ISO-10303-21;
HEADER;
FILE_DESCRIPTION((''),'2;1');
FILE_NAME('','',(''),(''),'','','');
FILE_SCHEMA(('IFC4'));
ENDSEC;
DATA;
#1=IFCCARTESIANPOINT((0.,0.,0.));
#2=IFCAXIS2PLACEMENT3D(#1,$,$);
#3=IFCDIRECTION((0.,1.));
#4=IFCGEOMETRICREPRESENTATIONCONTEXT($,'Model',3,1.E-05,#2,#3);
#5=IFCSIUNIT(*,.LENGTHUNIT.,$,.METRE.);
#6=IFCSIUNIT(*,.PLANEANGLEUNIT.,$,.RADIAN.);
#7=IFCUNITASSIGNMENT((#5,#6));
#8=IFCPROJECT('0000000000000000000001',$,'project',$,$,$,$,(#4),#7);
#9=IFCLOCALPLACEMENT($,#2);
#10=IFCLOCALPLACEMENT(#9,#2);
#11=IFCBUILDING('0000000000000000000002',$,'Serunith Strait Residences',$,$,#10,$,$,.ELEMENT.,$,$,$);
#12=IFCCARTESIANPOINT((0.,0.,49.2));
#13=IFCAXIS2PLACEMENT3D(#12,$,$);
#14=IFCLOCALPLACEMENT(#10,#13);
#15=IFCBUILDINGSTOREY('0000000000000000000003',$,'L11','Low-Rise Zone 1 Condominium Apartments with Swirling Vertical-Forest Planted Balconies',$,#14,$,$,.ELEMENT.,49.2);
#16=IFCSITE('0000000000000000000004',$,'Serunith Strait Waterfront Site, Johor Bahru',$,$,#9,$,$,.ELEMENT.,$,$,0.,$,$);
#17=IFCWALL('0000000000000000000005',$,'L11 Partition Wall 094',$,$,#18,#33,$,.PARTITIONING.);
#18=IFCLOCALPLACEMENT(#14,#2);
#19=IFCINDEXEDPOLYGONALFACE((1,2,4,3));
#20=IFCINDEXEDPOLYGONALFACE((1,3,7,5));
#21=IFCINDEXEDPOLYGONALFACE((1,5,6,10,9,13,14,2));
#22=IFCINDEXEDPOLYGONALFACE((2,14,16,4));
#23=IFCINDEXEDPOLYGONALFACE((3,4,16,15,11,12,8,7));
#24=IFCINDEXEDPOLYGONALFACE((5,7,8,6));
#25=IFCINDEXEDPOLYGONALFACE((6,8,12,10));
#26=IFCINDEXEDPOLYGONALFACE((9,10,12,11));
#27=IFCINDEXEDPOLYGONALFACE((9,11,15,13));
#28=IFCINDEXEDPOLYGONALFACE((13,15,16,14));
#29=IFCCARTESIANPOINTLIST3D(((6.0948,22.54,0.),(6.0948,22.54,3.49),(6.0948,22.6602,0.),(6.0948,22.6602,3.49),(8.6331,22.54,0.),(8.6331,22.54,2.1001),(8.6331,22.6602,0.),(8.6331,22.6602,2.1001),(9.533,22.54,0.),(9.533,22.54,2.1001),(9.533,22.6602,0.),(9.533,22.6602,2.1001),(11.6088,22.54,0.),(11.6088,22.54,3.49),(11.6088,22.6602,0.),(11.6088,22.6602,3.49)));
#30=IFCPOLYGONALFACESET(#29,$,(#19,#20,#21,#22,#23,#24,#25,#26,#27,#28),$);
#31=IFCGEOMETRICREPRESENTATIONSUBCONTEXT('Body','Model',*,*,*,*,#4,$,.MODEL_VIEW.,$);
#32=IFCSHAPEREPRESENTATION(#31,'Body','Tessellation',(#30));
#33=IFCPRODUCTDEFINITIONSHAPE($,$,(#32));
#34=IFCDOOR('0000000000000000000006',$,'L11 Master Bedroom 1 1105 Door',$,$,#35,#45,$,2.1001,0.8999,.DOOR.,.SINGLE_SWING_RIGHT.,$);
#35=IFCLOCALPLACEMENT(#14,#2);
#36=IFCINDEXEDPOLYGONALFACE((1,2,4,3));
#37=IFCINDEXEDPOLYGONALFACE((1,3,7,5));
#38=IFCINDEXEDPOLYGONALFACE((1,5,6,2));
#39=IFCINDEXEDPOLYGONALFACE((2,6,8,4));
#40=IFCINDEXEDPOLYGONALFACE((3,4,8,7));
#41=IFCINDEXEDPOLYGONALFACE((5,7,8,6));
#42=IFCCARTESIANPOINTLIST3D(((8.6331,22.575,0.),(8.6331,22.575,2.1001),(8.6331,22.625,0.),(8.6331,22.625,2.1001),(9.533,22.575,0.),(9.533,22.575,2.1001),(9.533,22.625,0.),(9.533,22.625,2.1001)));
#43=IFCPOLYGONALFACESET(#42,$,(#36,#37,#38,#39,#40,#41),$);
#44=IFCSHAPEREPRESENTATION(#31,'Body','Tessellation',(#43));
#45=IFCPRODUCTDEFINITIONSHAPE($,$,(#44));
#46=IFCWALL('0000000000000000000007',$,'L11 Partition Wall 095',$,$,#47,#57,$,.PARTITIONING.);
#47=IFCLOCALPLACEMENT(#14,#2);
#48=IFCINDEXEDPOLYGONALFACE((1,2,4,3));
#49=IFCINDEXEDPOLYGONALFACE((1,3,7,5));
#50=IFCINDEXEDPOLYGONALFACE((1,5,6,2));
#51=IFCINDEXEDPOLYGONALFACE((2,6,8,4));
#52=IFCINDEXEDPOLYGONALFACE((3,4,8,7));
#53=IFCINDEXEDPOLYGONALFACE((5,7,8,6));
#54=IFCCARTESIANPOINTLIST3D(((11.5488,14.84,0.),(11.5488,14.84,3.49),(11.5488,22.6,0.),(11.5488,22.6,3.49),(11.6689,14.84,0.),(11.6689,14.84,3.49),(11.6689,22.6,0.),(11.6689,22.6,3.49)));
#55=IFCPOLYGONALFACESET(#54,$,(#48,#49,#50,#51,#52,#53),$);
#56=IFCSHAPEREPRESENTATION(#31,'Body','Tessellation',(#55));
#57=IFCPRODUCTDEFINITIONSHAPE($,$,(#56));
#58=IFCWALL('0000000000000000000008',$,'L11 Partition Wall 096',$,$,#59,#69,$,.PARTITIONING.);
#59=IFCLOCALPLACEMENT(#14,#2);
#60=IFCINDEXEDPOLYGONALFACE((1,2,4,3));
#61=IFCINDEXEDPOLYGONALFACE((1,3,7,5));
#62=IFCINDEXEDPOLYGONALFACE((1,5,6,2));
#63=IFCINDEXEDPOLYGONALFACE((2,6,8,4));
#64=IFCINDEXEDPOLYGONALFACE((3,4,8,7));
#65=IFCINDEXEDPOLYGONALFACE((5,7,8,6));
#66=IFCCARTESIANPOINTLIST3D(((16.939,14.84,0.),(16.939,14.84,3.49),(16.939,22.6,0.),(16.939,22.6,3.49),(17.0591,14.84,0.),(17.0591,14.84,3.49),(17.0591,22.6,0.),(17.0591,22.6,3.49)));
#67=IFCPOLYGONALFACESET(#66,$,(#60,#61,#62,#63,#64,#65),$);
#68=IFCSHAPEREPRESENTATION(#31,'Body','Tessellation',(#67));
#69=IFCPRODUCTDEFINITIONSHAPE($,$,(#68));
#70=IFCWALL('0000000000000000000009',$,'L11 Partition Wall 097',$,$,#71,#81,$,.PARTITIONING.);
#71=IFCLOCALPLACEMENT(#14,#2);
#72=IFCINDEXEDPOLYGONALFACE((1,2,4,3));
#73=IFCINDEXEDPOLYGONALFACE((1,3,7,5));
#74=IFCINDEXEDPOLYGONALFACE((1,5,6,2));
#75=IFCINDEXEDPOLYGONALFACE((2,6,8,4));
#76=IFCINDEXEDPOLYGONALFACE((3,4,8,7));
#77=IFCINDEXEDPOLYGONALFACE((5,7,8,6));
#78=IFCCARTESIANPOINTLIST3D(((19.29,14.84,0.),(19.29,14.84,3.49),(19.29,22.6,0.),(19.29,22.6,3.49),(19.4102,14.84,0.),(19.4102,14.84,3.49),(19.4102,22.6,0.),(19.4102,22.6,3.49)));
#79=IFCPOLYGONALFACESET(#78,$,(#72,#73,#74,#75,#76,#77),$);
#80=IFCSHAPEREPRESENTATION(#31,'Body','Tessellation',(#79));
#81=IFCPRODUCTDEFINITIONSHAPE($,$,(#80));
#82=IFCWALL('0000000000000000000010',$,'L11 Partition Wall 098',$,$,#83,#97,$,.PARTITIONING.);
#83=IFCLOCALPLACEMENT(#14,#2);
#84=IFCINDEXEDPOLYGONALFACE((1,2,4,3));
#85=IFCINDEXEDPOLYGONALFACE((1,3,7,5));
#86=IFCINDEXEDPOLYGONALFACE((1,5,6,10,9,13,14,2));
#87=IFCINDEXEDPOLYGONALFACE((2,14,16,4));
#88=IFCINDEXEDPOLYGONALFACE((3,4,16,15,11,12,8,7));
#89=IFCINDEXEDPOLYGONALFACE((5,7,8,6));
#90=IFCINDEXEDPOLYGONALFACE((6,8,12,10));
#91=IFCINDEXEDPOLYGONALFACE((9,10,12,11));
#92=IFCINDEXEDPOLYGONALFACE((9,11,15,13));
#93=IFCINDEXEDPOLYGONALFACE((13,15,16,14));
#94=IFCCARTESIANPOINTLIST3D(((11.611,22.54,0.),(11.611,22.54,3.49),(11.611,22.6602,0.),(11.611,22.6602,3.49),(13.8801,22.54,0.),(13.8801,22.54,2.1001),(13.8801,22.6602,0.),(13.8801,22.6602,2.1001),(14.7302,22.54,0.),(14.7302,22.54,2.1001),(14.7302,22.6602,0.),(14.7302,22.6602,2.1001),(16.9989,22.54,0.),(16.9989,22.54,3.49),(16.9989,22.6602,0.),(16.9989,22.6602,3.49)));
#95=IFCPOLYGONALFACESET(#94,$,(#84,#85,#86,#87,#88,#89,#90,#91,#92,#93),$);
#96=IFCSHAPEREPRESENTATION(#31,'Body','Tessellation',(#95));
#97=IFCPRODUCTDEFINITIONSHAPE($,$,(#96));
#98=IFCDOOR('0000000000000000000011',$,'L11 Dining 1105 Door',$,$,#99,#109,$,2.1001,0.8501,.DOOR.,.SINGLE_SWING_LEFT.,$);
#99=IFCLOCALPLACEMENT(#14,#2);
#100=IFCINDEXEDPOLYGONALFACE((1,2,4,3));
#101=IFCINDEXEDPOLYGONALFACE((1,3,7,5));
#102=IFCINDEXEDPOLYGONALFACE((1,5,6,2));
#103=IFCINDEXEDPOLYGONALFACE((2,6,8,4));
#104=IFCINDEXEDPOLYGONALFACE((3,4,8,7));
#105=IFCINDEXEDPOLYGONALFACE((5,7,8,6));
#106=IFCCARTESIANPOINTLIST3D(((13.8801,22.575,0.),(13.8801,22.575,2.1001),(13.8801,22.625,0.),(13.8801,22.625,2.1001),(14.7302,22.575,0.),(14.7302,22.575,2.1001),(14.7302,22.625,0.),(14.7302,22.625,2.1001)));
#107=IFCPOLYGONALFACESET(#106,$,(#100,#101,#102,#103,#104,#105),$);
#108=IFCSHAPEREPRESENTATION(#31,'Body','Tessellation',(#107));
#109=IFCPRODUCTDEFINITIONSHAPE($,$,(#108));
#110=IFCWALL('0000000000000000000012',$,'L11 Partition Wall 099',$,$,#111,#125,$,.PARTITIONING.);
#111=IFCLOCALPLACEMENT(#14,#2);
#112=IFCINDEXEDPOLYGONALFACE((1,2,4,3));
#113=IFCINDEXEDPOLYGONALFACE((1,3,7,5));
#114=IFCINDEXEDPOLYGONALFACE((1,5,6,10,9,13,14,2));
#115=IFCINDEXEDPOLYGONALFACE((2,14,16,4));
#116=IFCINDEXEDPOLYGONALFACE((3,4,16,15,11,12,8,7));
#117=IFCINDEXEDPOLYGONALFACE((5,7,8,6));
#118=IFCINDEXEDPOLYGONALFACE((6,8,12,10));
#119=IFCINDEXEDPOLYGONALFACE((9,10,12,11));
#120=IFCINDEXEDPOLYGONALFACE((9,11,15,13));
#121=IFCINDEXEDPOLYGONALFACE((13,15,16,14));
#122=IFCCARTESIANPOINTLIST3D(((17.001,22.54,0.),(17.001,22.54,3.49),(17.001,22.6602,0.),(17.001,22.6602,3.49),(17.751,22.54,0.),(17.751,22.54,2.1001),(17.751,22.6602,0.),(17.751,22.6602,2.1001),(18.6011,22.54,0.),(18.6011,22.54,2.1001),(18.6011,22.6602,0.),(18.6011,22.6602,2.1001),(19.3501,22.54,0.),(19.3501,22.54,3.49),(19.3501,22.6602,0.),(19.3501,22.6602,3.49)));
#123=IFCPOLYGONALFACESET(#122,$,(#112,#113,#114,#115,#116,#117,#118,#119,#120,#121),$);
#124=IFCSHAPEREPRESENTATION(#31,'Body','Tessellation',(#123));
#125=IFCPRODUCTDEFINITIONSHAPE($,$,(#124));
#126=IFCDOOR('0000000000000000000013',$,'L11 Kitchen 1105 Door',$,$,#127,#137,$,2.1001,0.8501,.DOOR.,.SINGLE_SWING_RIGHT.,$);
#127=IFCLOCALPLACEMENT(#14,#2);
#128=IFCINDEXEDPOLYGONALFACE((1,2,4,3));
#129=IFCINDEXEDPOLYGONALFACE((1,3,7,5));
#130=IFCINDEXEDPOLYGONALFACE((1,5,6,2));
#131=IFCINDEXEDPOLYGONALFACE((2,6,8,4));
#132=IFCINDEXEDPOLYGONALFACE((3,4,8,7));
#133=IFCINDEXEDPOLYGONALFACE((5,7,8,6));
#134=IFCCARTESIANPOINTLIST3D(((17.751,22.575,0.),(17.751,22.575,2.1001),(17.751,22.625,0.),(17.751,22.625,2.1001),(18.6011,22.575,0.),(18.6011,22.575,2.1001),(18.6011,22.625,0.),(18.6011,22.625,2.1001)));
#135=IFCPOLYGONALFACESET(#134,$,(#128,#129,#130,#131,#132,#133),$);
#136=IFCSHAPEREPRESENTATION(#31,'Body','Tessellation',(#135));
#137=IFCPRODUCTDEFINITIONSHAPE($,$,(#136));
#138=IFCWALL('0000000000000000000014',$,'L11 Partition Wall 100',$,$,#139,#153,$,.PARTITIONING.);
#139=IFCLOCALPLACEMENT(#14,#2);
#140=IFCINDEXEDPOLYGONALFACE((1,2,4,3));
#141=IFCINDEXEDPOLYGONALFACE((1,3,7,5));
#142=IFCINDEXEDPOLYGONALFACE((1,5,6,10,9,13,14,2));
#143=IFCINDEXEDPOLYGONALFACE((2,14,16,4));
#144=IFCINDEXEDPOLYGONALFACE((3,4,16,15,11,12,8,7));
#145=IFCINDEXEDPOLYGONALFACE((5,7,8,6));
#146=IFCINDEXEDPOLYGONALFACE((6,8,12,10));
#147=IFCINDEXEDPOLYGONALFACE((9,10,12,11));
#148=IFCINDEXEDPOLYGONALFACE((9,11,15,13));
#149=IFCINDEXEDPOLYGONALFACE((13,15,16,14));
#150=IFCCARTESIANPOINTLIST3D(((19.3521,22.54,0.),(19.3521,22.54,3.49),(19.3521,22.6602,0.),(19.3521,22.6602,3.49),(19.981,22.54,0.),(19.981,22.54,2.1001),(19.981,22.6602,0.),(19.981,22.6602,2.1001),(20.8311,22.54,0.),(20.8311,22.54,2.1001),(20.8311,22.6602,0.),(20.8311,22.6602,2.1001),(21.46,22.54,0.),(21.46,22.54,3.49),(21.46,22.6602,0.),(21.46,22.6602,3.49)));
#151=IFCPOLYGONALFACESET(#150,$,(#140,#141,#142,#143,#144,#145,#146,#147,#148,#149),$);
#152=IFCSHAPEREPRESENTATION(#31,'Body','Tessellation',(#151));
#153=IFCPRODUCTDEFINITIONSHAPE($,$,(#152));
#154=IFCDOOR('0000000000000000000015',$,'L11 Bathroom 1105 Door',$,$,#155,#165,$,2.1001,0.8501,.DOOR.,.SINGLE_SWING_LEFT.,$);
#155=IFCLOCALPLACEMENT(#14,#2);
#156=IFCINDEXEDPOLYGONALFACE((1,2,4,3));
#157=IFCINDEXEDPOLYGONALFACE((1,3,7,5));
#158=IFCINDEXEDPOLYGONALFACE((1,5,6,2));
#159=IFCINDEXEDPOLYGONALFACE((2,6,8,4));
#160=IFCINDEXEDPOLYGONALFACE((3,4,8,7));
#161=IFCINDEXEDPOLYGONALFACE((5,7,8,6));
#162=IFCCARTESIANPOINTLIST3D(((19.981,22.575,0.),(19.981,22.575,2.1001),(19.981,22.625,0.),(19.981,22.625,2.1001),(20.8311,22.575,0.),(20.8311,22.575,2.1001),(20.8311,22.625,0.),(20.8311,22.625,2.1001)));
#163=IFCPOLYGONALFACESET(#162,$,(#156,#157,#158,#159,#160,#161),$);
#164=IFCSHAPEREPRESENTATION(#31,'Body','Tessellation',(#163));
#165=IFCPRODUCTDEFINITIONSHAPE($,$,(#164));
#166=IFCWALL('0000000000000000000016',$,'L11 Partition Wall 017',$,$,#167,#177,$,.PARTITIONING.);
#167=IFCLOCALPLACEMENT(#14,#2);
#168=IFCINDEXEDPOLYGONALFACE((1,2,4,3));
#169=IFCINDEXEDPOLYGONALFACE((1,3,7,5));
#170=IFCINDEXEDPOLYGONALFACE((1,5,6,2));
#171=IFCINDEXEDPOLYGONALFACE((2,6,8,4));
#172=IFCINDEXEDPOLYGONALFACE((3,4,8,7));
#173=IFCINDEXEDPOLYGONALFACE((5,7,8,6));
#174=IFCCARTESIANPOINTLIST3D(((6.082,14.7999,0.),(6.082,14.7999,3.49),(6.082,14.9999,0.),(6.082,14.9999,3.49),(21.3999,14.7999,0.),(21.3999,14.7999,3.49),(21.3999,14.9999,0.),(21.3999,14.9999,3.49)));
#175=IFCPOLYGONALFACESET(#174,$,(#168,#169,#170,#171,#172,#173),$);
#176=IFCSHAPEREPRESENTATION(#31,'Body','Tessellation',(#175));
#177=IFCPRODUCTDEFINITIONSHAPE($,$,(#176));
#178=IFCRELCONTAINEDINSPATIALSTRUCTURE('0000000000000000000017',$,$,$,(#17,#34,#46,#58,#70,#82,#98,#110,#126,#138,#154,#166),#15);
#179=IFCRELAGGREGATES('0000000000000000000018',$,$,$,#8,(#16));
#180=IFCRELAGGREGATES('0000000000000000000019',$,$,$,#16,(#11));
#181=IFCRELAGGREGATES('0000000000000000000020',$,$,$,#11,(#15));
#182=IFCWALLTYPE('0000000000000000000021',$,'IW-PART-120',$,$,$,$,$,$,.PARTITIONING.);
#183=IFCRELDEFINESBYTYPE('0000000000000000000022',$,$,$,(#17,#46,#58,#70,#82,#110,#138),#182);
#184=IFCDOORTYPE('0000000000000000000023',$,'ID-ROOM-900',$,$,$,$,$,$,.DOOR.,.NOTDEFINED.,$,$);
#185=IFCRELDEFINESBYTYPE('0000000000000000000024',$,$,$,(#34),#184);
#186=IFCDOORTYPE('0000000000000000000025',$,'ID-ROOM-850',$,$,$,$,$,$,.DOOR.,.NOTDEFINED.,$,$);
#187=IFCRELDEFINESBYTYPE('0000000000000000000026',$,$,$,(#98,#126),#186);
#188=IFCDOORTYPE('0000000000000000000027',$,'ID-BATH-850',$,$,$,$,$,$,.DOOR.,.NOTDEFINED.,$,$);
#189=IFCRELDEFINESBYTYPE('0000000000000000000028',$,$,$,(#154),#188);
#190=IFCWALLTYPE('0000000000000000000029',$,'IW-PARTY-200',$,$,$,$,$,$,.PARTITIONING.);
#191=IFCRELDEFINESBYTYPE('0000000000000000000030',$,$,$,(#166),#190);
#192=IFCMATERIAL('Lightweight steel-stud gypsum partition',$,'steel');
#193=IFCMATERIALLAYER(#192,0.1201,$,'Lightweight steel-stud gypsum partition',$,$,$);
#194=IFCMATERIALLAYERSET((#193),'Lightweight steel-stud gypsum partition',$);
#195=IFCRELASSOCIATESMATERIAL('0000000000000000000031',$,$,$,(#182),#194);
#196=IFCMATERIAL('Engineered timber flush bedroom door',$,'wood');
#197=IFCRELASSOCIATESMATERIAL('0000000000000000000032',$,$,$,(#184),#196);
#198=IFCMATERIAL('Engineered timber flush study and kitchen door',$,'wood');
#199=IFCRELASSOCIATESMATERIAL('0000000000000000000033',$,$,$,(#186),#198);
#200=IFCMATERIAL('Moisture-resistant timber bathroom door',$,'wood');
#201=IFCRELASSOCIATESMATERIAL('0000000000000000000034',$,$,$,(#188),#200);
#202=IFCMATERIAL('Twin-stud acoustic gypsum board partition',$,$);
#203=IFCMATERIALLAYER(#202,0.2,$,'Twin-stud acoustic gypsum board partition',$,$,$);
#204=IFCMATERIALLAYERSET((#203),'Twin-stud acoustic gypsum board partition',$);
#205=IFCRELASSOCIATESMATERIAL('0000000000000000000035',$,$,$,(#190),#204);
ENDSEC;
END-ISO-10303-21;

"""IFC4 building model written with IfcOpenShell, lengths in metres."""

from ifc_helpers import new_model, si_unit, direction, frame, frame_2d, origin, place, context, subcontext, project, spatial, rectangle, extrude, source, transform, mapped, material, layer, layer_set, type_object, element, fill, save


model = new_model("IFC4")

# Units and contexts
model_context = context("Model", 3, precision=1e-05, world=origin(), true_north=direction((0.0, 1.0)))
body_context = subcontext(model_context, "Body", "Model", "MODEL_VIEW")
ifc_project = project(units=[si_unit("LENGTHUNIT", "METRE"), si_unit("PLANEANGLEUNIT", "RADIAN")], contexts=[model_context])

# Site, building, storey
site_placement = place(None, origin())
site = spatial("IfcSite", under=ifc_project, at=site_placement, Name="Serunith Strait Waterfront Site, Johor Bahru", CompositionType="ELEMENT", RefElevation=0.0)
building_placement = place(site_placement, origin())
building = spatial("IfcBuilding", under=site, at=building_placement, Name="Serunith Strait Residences", CompositionType="ELEMENT")
storey_placement = place(building_placement, frame((0.0, 0.0, 49.2)))
storey = spatial("IfcBuildingStorey", under=building, at=storey_placement, Name="L11", Description="Low-Rise Zone 1 Condominium Apartments with Swirling Vertical-Forest Planted Balconies", CompositionType="ELEMENT", Elevation=49.2)

# Wall, opening, door
ifc_material_1 = material(Name="Lightweight steel-stud gypsum partition", Category="steel")
ifc_layer_1 = layer(ifc_material_1, 0.1201, Name="Lightweight steel-stud gypsum partition")
ifc_layer_set_1 = layer_set([ifc_layer_1], Name="Lightweight steel-stud gypsum partition")
wall_type_1 = type_object("IfcWallType", Name="IW-PART-120", PredefinedType="PARTITIONING", material=ifc_layer_set_1)
wall_1_placement = place(storey_placement, frame((6.095, 22.6001, 0.0), z_axis=(0.0, 0.0, 1.0), x_axis=(1.0, 0.0, 0.0)))
wall_1 = element("IfcWall", 1, at=wall_1_placement, inside=storey, type_object=wall_type_1, Name="L11 Partition Wall 094", PredefinedType="PARTITIONING", context=body_context, shape_type="SweptSolid", body=[
    extrude(rectangle(XDim=5.5139, YDim=0.1201, at=frame_2d((2.7568, 0.0))), origin(), (0.0, 0.0, 1.0), 3.49),
])
opening_1_placement = place(wall_1_placement, frame((2.5381, 0.0, 0.0)))
opening_1 = element("IfcOpeningElement", 2, at=opening_1_placement, cuts=wall_1, PredefinedType="OPENING", context=body_context, shape_type="SweptSolid", body=[
    extrude(rectangle(XDim=0.8999, YDim=2.1001, at=frame_2d((0.45, 1.05))), frame((0.0, 0.0701, 0.0), z_axis=(0.0, -1.0, 0.0), x_axis=(1.0, 0.0, 0.0)), (0.0, 0.0, 1.0), 0.1401),
])
ifc_material_2 = material(Name="Engineered timber flush bedroom door", Category="wood")
door_type_1 = type_object("IfcDoorType", Name="ID-ROOM-900", OperationType="NOTDEFINED", PredefinedType="DOOR", material=ifc_material_2)
shared_shape_1 = source(origin(), body_context, "Body", "SweptSolid", [
    extrude(rectangle(XDim=0.8999, YDim=2.1001, at=frame_2d((0.45, 1.05))), frame((0.0, 0.0249, 0.0), z_axis=(0.0, -1.0, 0.0), x_axis=(1.0, 0.0, 0.0)), (0.0, 0.0, 1.0), 0.05),
])
door_1_placement = place(opening_1_placement, origin())
door_1 = element("IfcDoor", 3, at=door_1_placement, inside=storey, type_object=door_type_1, Name="L11 Master Bedroom 1 1105 Door", OperationType="SINGLE_SWING_RIGHT", OverallHeight=2.1001, OverallWidth=0.8999, PredefinedType="DOOR", context=body_context, shape_type="MappedRepresentation", body=[
    mapped(shared_shape_1, transform((0.0, 0.0, 0.0), scale=1.0)),
])
fill(opening_1, door_1)

# Walls
for number, where, z_axis, x_axis, name in (
    (4, (11.6089, 14.8401, 0.0), (0.0, 0.0, 1.0), (0.0, 1.0, 0.0), "L11 Partition Wall 095"),
    (5, (16.999, 14.8401, 0.0), (0.0, 0.0, 1.0), (0.0, 1.0, 0.0), "L11 Partition Wall 096"),
    (6, (19.3501, 14.8401, 0.0), (0.0, 0.0, 1.0), (0.0, 1.0, 0.0), "L11 Partition Wall 097"),
):
    element("IfcWall", number, at=place(storey_placement, frame(where, z_axis=z_axis, x_axis=x_axis)), inside=storey, type_object=wall_type_1, Name=name, PredefinedType="PARTITIONING", context=body_context, shape_type="SweptSolid", body=[
        extrude(rectangle(XDim=7.76, YDim=0.1201, at=frame_2d((3.8799, 0.0))), origin(), (0.0, 0.0, 1.0), 3.49),
    ])

# Walls, openings, doors
wall_2_placement = place(storey_placement, frame((11.6111, 22.6001, 0.0), z_axis=(0.0, 0.0, 1.0), x_axis=(1.0, 0.0, 0.0)))
wall_2 = element("IfcWall", 7, at=wall_2_placement, inside=storey, type_object=wall_type_1, Name="L11 Partition Wall 098", PredefinedType="PARTITIONING", context=body_context, shape_type="SweptSolid", body=[
    extrude(rectangle(XDim=5.3879, YDim=0.1201, at=frame_2d((2.6938, 0.0))), origin(), (0.0, 0.0, 1.0), 3.49),
])
opening_2_placement = place(wall_2_placement, frame((2.269, 0.0, 0.0)))
opening_2 = element("IfcOpeningElement", 8, at=opening_2_placement, cuts=wall_2, PredefinedType="OPENING", context=body_context, shape_type="SweptSolid", body=[
    extrude(rectangle(XDim=0.8501, YDim=2.1001, at=frame_2d((0.425, 1.05))), frame((0.0, 0.0701, 0.0), z_axis=(0.0, -1.0, 0.0), x_axis=(1.0, 0.0, 0.0)), (0.0, 0.0, 1.0), 0.1401),
])
ifc_material_3 = material(Name="Engineered timber flush study and kitchen door", Category="wood")
door_type_2 = type_object("IfcDoorType", Name="ID-ROOM-850", OperationType="NOTDEFINED", PredefinedType="DOOR", material=ifc_material_3)
shared_shape_2 = source(origin(), body_context, "Body", "SweptSolid", [
    extrude(rectangle(XDim=0.8501, YDim=2.1001, at=frame_2d((0.425, 1.05))), frame((0.0, 0.0249, 0.0), z_axis=(0.0, -1.0, 0.0), x_axis=(1.0, 0.0, 0.0)), (0.0, 0.0, 1.0), 0.05),
])
door_2_placement = place(opening_2_placement, origin())
door_2 = element("IfcDoor", 9, at=door_2_placement, inside=storey, type_object=door_type_2, Name="L11 Dining 1105 Door", OperationType="SINGLE_SWING_LEFT", OverallHeight=2.1001, OverallWidth=0.8501, PredefinedType="DOOR", context=body_context, shape_type="MappedRepresentation", body=[
    mapped(shared_shape_2, transform((0.0, 0.0, 0.0), scale=1.0)),
])
fill(opening_2, door_2)
wall_3_placement = place(storey_placement, frame((17.001, 22.6001, 0.0), z_axis=(0.0, 0.0, 1.0), x_axis=(1.0, 0.0, 0.0)))
wall_3 = element("IfcWall", 10, at=wall_3_placement, inside=storey, type_object=wall_type_1, Name="L11 Partition Wall 099", PredefinedType="PARTITIONING", context=body_context, shape_type="SweptSolid", body=[
    extrude(rectangle(XDim=2.3491, YDim=0.1201, at=frame_2d((1.1746, 0.0))), origin(), (0.0, 0.0, 1.0), 3.49),
])
opening_3_placement = place(wall_3_placement, frame((0.75, 0.0, 0.0)))
opening_3 = element("IfcOpeningElement", 11, at=opening_3_placement, cuts=wall_3, PredefinedType="OPENING", context=body_context, shape_type="SweptSolid", body=[
    extrude(rectangle(XDim=0.8501, YDim=2.1001, at=frame_2d((0.425, 1.05))), frame((0.0, 0.0701, 0.0), z_axis=(0.0, -1.0, 0.0), x_axis=(1.0, 0.0, 0.0)), (0.0, 0.0, 1.0), 0.1401),
])
door_3_placement = place(opening_3_placement, origin())
door_3 = element("IfcDoor", 12, at=door_3_placement, inside=storey, type_object=door_type_2, Name="L11 Kitchen 1105 Door", OperationType="SINGLE_SWING_RIGHT", OverallHeight=2.1001, OverallWidth=0.8501, PredefinedType="DOOR", context=body_context, shape_type="MappedRepresentation", body=[
    mapped(shared_shape_2, transform((0.0, 0.0, 0.0), scale=1.0)),
])
fill(opening_3, door_3)
wall_4_placement = place(storey_placement, frame((19.3521, 22.6001, 0.0), z_axis=(0.0, 0.0, 1.0), x_axis=(1.0, 0.0, 0.0)))
wall_4 = element("IfcWall", 13, at=wall_4_placement, inside=storey, type_object=wall_type_1, Name="L11 Partition Wall 100", PredefinedType="PARTITIONING", context=body_context, shape_type="SweptSolid", body=[
    extrude(rectangle(XDim=2.1079, YDim=0.1201, at=frame_2d((1.054, 0.0))), origin(), (0.0, 0.0, 1.0), 3.49),
])
opening_4_placement = place(wall_4_placement, frame((0.6289, 0.0, 0.0)))
opening_4 = element("IfcOpeningElement", 14, at=opening_4_placement, cuts=wall_4, PredefinedType="OPENING", context=body_context, shape_type="SweptSolid", body=[
    extrude(rectangle(XDim=0.8501, YDim=2.1001, at=frame_2d((0.425, 1.05))), frame((0.0, 0.0701, 0.0), z_axis=(0.0, -1.0, 0.0), x_axis=(1.0, 0.0, 0.0)), (0.0, 0.0, 1.0), 0.1401),
])
ifc_material_4 = material(Name="Moisture-resistant timber bathroom door", Category="wood")
door_type_3 = type_object("IfcDoorType", Name="ID-BATH-850", OperationType="NOTDEFINED", PredefinedType="DOOR", material=ifc_material_4)
door_4_placement = place(opening_4_placement, origin())
door_4 = element("IfcDoor", 15, at=door_4_placement, inside=storey, type_object=door_type_3, Name="L11 Bathroom 1105 Door", OperationType="SINGLE_SWING_LEFT", OverallHeight=2.1001, OverallWidth=0.8501, PredefinedType="DOOR", context=body_context, shape_type="MappedRepresentation", body=[
    mapped(shared_shape_2, transform((0.0, 0.0, 0.0), scale=1.0)),
])
fill(opening_4, door_4)

# Wall
ifc_material_5 = material(Name="Twin-stud acoustic gypsum board partition")
ifc_layer_2 = layer(ifc_material_5, 0.2, Name="Twin-stud acoustic gypsum board partition")
ifc_layer_set_2 = layer_set([ifc_layer_2], Name="Twin-stud acoustic gypsum board partition")
wall_type_2 = type_object("IfcWallType", Name="IW-PARTY-200", PredefinedType="PARTITIONING", material=ifc_layer_set_2)
wall_5_placement = place(storey_placement, frame((6.082, 14.8999, 0.0), z_axis=(0.0, 0.0, 1.0), x_axis=(1.0, 0.0, 0.0)))
element("IfcWall", 16, at=wall_5_placement, inside=storey, type_object=wall_type_2, Name="L11 Partition Wall 017", PredefinedType="PARTITIONING", context=body_context, shape_type="SweptSolid", body=[
    extrude(rectangle(XDim=15.3179, YDim=0.2, at=frame_2d((7.6589, 0.0))), origin(), (0.0, 0.0, 1.0), 3.49),
])

save(model, "model.ifc")
